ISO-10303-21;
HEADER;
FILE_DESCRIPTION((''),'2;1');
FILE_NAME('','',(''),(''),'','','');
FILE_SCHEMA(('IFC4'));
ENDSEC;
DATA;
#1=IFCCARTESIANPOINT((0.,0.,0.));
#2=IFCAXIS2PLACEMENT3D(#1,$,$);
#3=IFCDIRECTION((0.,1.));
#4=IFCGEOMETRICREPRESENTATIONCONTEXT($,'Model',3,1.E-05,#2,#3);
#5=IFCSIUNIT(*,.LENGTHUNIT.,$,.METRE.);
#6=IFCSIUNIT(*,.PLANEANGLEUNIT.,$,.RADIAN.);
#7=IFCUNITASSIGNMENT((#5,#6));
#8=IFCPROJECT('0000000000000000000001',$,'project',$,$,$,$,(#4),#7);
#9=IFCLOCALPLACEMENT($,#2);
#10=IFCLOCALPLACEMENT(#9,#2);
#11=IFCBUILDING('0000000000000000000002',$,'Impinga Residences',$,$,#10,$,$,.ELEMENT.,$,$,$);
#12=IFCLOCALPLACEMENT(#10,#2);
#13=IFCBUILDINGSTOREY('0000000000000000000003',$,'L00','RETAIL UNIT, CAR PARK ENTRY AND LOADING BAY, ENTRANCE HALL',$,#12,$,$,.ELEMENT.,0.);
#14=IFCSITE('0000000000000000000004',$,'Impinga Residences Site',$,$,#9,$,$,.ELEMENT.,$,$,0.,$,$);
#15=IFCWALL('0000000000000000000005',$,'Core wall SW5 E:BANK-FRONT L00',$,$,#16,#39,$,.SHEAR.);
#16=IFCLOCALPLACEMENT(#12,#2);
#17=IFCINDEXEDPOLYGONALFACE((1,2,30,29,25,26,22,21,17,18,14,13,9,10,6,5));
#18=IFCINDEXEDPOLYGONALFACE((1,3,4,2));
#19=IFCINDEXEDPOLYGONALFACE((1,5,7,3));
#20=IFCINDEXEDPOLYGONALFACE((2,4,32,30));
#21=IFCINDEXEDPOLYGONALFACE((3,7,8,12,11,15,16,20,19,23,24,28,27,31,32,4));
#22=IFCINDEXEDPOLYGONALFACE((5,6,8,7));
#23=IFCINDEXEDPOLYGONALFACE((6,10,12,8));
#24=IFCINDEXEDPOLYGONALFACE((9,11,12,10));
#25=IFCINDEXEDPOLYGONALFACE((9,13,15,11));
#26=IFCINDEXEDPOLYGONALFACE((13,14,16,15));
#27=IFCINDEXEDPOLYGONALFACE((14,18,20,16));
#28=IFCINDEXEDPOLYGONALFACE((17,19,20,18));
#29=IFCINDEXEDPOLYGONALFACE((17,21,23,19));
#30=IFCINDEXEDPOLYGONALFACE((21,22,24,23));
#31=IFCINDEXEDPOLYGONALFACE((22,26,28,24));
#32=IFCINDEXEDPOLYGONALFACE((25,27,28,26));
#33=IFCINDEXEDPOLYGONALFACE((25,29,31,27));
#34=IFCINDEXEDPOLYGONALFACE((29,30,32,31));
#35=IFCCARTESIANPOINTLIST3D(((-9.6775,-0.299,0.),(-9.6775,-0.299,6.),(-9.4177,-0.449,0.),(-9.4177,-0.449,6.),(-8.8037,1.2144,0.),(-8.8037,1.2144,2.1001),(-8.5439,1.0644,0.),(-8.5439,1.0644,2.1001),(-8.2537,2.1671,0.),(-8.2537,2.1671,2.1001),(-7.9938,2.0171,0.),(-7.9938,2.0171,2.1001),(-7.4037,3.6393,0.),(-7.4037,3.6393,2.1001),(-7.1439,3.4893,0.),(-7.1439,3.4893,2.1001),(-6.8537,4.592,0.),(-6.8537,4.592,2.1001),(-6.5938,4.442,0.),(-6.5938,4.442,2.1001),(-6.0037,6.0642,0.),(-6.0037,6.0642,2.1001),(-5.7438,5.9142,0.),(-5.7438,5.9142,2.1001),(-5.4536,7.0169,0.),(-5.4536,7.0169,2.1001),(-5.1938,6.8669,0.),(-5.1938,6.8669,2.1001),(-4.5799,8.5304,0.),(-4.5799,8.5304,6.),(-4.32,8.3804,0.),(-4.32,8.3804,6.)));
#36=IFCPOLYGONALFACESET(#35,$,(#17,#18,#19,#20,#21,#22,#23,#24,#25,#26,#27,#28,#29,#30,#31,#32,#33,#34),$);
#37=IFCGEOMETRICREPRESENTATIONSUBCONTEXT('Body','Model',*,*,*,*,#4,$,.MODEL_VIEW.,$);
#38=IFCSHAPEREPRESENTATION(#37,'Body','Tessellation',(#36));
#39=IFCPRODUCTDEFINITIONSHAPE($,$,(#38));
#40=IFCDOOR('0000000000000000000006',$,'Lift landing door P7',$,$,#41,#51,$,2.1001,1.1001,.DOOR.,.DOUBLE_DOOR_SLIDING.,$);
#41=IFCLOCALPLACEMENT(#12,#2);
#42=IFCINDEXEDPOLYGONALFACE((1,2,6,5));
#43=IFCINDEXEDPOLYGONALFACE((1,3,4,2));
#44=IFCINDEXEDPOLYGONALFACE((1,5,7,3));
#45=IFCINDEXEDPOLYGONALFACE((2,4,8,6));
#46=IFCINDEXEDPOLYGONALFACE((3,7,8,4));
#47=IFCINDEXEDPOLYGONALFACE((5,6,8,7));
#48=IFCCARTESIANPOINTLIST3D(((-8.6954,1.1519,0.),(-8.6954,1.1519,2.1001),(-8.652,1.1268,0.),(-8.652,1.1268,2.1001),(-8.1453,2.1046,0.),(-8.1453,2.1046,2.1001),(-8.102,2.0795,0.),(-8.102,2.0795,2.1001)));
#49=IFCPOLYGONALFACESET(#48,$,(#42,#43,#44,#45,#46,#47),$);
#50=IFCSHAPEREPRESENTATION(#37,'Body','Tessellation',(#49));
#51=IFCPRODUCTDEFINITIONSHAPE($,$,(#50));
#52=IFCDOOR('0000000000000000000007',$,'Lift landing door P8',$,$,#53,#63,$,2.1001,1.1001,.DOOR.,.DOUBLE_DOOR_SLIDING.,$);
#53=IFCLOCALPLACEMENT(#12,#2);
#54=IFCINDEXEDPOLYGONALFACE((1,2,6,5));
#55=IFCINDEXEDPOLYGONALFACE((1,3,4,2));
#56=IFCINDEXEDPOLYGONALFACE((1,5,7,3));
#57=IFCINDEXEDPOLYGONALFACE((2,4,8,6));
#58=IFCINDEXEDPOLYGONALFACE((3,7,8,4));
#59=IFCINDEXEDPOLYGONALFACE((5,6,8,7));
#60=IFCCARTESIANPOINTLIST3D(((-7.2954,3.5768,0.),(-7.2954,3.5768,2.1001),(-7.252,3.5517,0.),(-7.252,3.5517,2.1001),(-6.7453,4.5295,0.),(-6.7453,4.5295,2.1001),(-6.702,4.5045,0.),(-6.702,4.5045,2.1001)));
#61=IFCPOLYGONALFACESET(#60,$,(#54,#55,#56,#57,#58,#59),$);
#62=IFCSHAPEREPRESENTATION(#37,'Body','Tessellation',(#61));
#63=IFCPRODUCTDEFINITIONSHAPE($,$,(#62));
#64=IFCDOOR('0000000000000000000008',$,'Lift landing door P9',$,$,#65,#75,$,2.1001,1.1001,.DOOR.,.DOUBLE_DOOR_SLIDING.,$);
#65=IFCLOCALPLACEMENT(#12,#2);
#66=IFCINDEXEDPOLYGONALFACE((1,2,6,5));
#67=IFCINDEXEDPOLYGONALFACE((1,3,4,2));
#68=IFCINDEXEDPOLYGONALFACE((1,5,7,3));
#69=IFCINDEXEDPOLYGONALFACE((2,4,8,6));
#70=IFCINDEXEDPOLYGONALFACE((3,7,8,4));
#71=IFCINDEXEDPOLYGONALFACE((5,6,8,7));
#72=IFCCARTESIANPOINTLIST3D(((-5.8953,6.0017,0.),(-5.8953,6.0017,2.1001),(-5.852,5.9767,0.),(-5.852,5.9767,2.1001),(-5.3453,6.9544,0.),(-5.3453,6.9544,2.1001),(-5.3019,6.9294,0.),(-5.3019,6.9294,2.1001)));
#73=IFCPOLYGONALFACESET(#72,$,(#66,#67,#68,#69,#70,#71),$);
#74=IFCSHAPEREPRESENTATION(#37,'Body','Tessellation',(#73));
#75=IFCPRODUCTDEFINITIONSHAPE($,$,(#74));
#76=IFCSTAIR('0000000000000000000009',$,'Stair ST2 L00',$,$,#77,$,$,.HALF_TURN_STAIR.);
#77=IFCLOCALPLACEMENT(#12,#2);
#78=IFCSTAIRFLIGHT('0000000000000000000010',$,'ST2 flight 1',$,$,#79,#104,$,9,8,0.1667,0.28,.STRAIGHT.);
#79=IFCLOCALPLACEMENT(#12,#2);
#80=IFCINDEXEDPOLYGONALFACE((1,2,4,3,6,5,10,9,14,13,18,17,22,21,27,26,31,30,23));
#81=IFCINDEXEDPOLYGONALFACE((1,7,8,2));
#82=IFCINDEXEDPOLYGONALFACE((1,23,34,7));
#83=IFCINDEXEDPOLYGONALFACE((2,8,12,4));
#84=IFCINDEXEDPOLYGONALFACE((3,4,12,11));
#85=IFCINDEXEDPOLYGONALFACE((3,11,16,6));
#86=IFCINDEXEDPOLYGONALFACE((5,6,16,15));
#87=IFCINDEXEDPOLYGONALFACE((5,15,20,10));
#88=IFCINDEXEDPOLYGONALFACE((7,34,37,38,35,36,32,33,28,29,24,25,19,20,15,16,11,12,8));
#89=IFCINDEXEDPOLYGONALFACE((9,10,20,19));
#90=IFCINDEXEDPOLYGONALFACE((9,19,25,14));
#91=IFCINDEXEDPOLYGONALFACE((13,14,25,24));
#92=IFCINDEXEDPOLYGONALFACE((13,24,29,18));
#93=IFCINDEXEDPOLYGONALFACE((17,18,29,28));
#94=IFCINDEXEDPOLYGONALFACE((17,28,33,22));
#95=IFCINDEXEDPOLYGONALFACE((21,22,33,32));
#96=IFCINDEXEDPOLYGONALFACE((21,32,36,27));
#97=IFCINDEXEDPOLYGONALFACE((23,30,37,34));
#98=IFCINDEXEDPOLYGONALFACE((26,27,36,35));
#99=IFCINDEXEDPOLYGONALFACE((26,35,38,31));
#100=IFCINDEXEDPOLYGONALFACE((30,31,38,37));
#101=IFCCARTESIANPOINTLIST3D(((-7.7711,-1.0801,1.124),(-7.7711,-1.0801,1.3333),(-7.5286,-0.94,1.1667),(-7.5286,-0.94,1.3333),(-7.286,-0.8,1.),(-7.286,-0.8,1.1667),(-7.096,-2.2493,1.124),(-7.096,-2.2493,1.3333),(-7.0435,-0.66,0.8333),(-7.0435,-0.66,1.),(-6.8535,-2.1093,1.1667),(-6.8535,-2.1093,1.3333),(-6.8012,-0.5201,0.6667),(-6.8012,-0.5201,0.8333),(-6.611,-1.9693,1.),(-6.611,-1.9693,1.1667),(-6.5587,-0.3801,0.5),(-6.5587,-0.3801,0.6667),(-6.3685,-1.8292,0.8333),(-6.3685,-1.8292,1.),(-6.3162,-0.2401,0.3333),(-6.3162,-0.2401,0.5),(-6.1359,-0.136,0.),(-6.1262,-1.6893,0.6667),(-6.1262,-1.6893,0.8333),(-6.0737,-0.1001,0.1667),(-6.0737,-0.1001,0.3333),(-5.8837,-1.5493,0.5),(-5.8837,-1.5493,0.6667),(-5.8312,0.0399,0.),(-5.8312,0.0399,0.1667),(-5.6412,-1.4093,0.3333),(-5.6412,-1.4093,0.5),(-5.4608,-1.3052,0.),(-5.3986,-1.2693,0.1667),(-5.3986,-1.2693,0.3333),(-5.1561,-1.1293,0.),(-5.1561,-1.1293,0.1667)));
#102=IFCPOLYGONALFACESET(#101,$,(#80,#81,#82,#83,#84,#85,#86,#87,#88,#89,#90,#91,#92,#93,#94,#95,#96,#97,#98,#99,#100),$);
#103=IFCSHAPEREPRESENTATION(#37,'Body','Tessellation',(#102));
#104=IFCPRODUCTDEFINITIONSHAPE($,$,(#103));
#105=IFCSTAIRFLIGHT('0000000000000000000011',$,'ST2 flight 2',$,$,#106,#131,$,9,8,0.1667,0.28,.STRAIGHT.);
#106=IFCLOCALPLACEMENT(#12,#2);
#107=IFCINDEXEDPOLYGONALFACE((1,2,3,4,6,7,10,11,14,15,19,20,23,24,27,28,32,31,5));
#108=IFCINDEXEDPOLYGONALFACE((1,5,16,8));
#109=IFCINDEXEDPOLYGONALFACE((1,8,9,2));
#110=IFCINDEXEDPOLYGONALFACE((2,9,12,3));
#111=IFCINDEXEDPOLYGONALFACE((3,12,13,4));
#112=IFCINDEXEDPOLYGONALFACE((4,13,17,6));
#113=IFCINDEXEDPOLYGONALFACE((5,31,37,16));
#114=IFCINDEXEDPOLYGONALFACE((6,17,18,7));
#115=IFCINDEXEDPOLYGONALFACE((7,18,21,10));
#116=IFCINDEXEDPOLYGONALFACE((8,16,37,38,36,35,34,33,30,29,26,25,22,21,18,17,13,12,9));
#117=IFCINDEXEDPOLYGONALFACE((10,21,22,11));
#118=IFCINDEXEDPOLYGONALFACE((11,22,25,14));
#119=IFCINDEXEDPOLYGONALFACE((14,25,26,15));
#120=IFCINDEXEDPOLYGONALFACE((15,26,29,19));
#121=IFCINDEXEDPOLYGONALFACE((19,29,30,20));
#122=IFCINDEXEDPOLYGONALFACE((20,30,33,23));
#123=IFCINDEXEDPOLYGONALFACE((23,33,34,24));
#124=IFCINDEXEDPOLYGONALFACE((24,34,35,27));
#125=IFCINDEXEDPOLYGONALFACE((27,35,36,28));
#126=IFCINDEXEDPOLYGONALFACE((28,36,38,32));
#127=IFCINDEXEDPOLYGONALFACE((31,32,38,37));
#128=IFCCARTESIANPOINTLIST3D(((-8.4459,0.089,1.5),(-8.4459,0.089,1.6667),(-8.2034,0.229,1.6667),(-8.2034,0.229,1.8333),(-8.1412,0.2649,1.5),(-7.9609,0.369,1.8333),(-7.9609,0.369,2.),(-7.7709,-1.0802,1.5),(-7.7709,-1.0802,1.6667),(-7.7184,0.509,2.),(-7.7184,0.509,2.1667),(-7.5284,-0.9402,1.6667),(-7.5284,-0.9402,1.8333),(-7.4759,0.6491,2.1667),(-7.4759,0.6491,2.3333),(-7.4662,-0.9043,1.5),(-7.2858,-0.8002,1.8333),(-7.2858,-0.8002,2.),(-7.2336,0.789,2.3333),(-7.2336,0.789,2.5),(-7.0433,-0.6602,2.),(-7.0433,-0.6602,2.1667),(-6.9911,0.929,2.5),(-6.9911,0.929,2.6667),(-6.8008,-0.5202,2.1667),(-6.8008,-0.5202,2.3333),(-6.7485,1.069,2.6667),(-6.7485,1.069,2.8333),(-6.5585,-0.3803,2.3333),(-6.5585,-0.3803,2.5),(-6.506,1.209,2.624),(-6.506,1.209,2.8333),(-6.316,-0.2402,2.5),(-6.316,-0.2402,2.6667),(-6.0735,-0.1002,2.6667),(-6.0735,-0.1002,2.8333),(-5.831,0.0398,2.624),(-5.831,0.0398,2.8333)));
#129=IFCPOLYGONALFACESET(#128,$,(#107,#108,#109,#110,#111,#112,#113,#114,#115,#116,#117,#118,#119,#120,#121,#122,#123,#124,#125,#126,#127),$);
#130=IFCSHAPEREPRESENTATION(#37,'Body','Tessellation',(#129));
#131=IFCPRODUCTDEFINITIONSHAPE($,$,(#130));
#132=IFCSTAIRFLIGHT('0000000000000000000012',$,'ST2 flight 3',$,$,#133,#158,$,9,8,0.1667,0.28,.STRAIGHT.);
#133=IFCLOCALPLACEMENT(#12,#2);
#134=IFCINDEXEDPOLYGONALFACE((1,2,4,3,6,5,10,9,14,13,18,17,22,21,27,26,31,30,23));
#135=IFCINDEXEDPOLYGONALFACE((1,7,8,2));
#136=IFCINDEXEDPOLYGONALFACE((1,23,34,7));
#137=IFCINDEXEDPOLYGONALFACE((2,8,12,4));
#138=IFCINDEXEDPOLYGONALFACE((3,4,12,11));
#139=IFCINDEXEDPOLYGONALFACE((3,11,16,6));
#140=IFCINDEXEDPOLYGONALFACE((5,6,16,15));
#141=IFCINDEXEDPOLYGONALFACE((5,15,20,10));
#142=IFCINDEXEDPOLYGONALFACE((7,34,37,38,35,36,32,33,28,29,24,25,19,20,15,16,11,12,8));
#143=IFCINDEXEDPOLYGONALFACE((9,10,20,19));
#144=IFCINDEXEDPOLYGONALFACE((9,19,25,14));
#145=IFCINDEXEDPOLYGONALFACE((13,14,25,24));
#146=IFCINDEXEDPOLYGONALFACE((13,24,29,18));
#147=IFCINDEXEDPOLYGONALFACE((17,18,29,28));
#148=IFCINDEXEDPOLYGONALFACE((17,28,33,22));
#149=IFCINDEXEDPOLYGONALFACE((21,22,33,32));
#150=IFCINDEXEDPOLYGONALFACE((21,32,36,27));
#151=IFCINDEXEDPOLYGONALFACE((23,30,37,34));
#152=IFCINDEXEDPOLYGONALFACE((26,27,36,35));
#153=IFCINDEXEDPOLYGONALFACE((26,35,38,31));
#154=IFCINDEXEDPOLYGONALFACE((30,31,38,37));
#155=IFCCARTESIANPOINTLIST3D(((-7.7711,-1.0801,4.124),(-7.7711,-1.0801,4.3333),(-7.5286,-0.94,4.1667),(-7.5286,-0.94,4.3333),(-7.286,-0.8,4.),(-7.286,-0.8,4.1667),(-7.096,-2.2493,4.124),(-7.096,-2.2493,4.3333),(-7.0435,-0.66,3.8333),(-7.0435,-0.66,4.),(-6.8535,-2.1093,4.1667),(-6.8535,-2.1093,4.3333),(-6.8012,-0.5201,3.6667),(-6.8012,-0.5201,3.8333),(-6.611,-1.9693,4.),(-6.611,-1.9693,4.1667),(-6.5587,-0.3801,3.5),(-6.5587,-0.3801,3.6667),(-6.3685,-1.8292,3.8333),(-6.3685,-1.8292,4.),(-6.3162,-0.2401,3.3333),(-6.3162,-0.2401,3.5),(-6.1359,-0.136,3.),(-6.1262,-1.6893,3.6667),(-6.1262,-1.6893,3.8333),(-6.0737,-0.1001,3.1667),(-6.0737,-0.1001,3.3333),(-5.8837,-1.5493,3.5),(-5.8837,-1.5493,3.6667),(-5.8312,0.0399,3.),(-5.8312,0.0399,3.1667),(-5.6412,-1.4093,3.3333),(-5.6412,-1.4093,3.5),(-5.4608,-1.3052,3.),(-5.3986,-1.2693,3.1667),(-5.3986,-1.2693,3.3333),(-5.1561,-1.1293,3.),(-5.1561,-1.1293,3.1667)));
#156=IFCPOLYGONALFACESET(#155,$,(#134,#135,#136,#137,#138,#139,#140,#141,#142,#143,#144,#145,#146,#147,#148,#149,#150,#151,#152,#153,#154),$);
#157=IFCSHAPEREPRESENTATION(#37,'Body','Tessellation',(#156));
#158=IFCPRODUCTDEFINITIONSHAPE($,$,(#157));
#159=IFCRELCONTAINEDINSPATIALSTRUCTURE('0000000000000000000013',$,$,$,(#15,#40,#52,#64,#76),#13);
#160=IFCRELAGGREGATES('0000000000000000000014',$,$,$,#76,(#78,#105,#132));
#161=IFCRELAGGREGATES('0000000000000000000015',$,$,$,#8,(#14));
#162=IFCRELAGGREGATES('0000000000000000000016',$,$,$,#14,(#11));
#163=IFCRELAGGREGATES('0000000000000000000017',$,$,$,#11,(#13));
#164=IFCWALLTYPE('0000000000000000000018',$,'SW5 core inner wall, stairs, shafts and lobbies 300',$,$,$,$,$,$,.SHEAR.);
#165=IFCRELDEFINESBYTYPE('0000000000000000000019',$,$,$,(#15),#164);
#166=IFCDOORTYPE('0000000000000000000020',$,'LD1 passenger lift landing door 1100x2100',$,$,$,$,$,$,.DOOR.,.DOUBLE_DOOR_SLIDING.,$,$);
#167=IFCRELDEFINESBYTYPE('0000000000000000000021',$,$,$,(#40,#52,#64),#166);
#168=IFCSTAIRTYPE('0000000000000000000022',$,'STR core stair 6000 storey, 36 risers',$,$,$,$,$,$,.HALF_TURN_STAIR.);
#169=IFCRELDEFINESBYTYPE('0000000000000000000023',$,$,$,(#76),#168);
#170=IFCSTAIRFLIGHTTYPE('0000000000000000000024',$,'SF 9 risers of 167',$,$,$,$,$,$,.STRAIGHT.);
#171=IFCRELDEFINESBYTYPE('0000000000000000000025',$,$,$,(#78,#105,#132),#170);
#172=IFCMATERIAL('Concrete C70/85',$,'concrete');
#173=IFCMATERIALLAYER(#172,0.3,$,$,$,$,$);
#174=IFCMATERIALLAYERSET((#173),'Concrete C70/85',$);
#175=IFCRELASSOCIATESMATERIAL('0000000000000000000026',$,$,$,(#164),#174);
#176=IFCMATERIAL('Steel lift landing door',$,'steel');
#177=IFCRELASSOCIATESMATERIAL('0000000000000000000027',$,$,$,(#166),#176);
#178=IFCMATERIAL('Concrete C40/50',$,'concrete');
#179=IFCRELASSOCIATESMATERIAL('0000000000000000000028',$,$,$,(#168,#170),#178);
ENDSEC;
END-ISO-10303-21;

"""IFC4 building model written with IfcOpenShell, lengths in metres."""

from ifc_helpers import new_model, si_unit, direction, frame, frame_2d, origin, place, context, subcontext, project, spatial, polyline, rectangle, outline, extrude, material, layer, layer_set, type_object, element, fill, aggregate, save


model = new_model("IFC4")

# Units and contexts
model_context = context("Model", 3, precision=1e-05, world=origin(), true_north=direction((0.0, 1.0)))
body_context = subcontext(model_context, "Body", "Model", "MODEL_VIEW")
ifc_project = project(units=[si_unit("LENGTHUNIT", "METRE"), si_unit("PLANEANGLEUNIT", "RADIAN")], contexts=[model_context])

# Site, building, storey
site_placement = place(None, origin())
site = spatial("IfcSite", under=ifc_project, at=site_placement, Name="Impinga Residences Site", CompositionType="ELEMENT", RefElevation=0.0)
building_placement = place(site_placement, origin())
building = spatial("IfcBuilding", under=site, at=building_placement, Name="Impinga Residences", CompositionType="ELEMENT")
storey_placement = place(building_placement, origin())
storey = spatial("IfcBuildingStorey", under=building, at=storey_placement, Name="L00", Description="RETAIL UNIT, CAR PARK ENTRY AND LOADING BAY, ENTRANCE HALL", CompositionType="ELEMENT", Elevation=0.0)

# Shared definitions
ifc_material_1 = material(Name="Concrete C70/85", Category="concrete")

# Shared definitions
ifc_layer_1 = layer(ifc_material_1, 0.3)
ifc_layer_set_1 = layer_set([ifc_layer_1], Name="Concrete C70/85")
wall_type_1 = type_object("IfcWallType", Name="SW5 core inner wall, stairs, shafts and lobbies 300", PredefinedType="SHEAR", material=ifc_layer_set_1)

# Wall, openings, doors
wall_1_placement = place(storey_placement, frame((-9.5476, -0.374, 0.0), z_axis=(0.0, 0.0, 1.0), x_axis=(0.500002, 0.866024, 0.0)))
wall_1 = element("IfcWall", 1, at=wall_1_placement, inside=storey, type_object=wall_type_1, Name="Core wall SW5 E:BANK-FRONT L00", PredefinedType="SHEAR", context=body_context, shape_type="SweptSolid", body=[
    extrude(rectangle(XDim=10.1953, YDim=0.3, at=frame_2d((5.0977, 0.0))), origin(), (0.0, 0.0, 1.0), 6.0),
])
opening_1_placement = place(wall_1_placement, frame((1.7476, 0.0, 0.0)))
opening_1 = element("IfcOpeningElement", 2, at=opening_1_placement, cuts=wall_1, PredefinedType="OPENING", context=body_context, shape_type="SweptSolid", body=[
    extrude(rectangle(XDim=1.1001, YDim=2.1001, at=frame_2d((0.55, 1.05))), frame((0.0, 0.1599, 0.0), z_axis=(0.0, -1.0, 0.0), x_axis=(1.0, 0.0, 0.0)), (0.0, 0.0, 1.0), 0.3201),
])
opening_2_placement = place(wall_1_placement, frame((4.5476, 0.0, 0.0)))
opening_2 = element("IfcOpeningElement", 3, at=opening_2_placement, cuts=wall_1, PredefinedType="OPENING", context=body_context, shape_type="SweptSolid", body=[
    extrude(rectangle(XDim=1.1001, YDim=2.1001, at=frame_2d((0.55, 1.05))), frame((0.0, 0.1599, 0.0), z_axis=(0.0, -1.0, 0.0), x_axis=(1.0, 0.0, 0.0)), (0.0, 0.0, 1.0), 0.3201),
])
opening_3_placement = place(wall_1_placement, frame((7.3477, 0.0, 0.0)))
opening_3 = element("IfcOpeningElement", 4, at=opening_3_placement, cuts=wall_1, PredefinedType="OPENING", context=body_context, shape_type="SweptSolid", body=[
    extrude(rectangle(XDim=1.1001, YDim=2.1001, at=frame_2d((0.55, 1.05))), frame((0.0, 0.1599, 0.0), z_axis=(0.0, -1.0, 0.0), x_axis=(1.0, 0.0, 0.0)), (0.0, 0.0, 1.0), 0.3201),
])
ifc_material_2 = material(Name="Steel lift landing door", Category="steel")
door_type_1 = type_object("IfcDoorType", Name="LD1 passenger lift landing door 1100x2100", OperationType="DOUBLE_DOOR_SLIDING", PredefinedType="DOOR", material=ifc_material_2)
door_1_placement = place(opening_1_placement, origin())
door_1 = element("IfcDoor", 5, at=door_1_placement, inside=storey, type_object=door_type_1, Name="Lift landing door P7", OperationType="DOUBLE_DOOR_SLIDING", OverallHeight=2.1001, OverallWidth=1.1001, PredefinedType="DOOR", context=body_context, shape_type="SweptSolid", body=[
    extrude(rectangle(XDim=1.1001, YDim=2.1001, at=frame_2d((0.55, 1.05))), frame((0.0, 0.0249, 0.0), z_axis=(0.0, -1.0, 0.0), x_axis=(1.0, 0.0, 0.0)), (0.0, 0.0, 1.0), 0.05),
])
fill(opening_1, door_1)
door_2_placement = place(opening_2_placement, origin())
door_2 = element("IfcDoor", 6, at=door_2_placement, inside=storey, type_object=door_type_1, Name="Lift landing door P8", OperationType="DOUBLE_DOOR_SLIDING", OverallHeight=2.1001, OverallWidth=1.1001, PredefinedType="DOOR", context=body_context, shape_type="SweptSolid", body=[
    extrude(rectangle(XDim=1.1001, YDim=2.1001, at=frame_2d((0.55, 1.05))), frame((0.0, 0.0249, 0.0), z_axis=(0.0, -1.0, 0.0), x_axis=(1.0, 0.0, 0.0)), (0.0, 0.0, 1.0), 0.05),
])
fill(opening_2, door_2)
door_3_placement = place(opening_3_placement, origin())
door_3 = element("IfcDoor", 7, at=door_3_placement, inside=storey, type_object=door_type_1, Name="Lift landing door P9", OperationType="DOUBLE_DOOR_SLIDING", OverallHeight=2.1001, OverallWidth=1.1001, PredefinedType="DOOR", context=body_context, shape_type="SweptSolid", body=[
    extrude(rectangle(XDim=1.1001, YDim=2.1001, at=frame_2d((0.55, 1.05))), frame((0.0, 0.0249, 0.0), z_axis=(0.0, -1.0, 0.0), x_axis=(1.0, 0.0, 0.0)), (0.0, 0.0, 1.0), 0.05),
])
fill(opening_3, door_3)

# Stair, stair flights
ifc_material_3 = material(Name="Concrete C40/50", Category="concrete")
stair_type = type_object("IfcStairType", Name="STR core stair 6000 storey, 36 risers", PredefinedType="HALF_TURN_STAIR", material=ifc_material_3)
stair_placement = place(storey_placement, origin())
stair = element("IfcStair", 8, at=stair_placement, inside=storey, type_object=stair_type, Name="Stair ST2 L00", PredefinedType="HALF_TURN_STAIR")
stair_flight_type = type_object("IfcStairFlightType", Name="SF 9 risers of 167", PredefinedType="STRAIGHT", material=ifc_material_3)
stair_flight_1_placement = place(storey_placement, frame((-5.4937, -0.5447, 0.0), z_axis=(0.0, 0.0, 1.0), x_axis=(-0.866025, -0.5, 0.0)))
stair_flight_1 = element("IfcStairFlight", 9, at=stair_flight_1_placement, type_object=stair_flight_type, Name="ST2 flight 1", NumberOfRisers=9, NumberOfTreads=8, PredefinedType="STRAIGHT", RiserHeight=0.1667, TreadLength=0.28, context=body_context, shape_type="SweptSolid", body=[
    extrude(outline(polyline([(0.0, 0.0), (0.0, 0.1667), (0.28, 0.1667), (0.28, 0.3333), (0.5601, 0.3333), (0.5601, 0.5), (0.8401, 0.5), (0.8401, 0.6667), (1.1201, 0.6667), (1.1201, 0.8333), (1.3999, 0.8333), (1.3999, 1.0), (1.6799, 1.0), (1.6799, 1.1667), (1.96, 1.1667), (1.96, 1.3333), (2.24, 1.3333), (2.24, 1.5), (2.24, 1.124), (0.3518, 0.0), (0.0, 0.0)])), frame((0.0, 0.675, 0.0), z_axis=(0.0, -1.0, 0.0), x_axis=(1.0, 0.0, 0.0)), (0.0, 0.0, 1.0), 1.3501),
])
stair_flight_2_placement = place(storey_placement, frame((-8.1084, -0.4956, 1.5), z_axis=(0.0, 0.0, 1.0), x_axis=(0.866025, 0.5, 0.0)))
stair_flight_2 = element("IfcStairFlight", 10, at=stair_flight_2_placement, type_object=stair_flight_type, Name="ST2 flight 2", NumberOfRisers=9, NumberOfTreads=8, PredefinedType="STRAIGHT", RiserHeight=0.1667, TreadLength=0.28, context=body_context, shape_type="SweptSolid", body=[
    extrude(outline(polyline([(0.0, 0.0), (0.0, 0.1667), (0.28, 0.1667), (0.28, 0.3333), (0.5601, 0.3333), (0.5601, 0.5), (0.8401, 0.5), (0.8401, 0.6667), (1.1201, 0.6667), (1.1201, 0.8333), (1.3999, 0.8333), (1.3999, 1.0), (1.6799, 1.0), (1.6799, 1.1667), (1.96, 1.1667), (1.96, 1.3333), (2.24, 1.3333), (2.24, 1.5), (2.24, 1.124), (0.3518, 0.0), (0.0, 0.0)])), frame((0.0, 0.675, 0.0), z_axis=(0.0, -1.0, 0.0), x_axis=(1.0, 0.0, 0.0)), (0.0, 0.0, 1.0), 1.3501),
])
stair_flight_3_placement = place(storey_placement, frame((-5.4937, -0.5447, 3.0), z_axis=(0.0, 0.0, 1.0), x_axis=(-0.866025, -0.5, 0.0)))
stair_flight_3 = element("IfcStairFlight", 11, at=stair_flight_3_placement, type_object=stair_flight_type, Name="ST2 flight 3", NumberOfRisers=9, NumberOfTreads=8, PredefinedType="STRAIGHT", RiserHeight=0.1667, TreadLength=0.28, context=body_context, shape_type="SweptSolid", body=[
    extrude(outline(polyline([(0.0, 0.0), (0.0, 0.1667), (0.28, 0.1667), (0.28, 0.3333), (0.5601, 0.3333), (0.5601, 0.5), (0.8401, 0.5), (0.8401, 0.6667), (1.1201, 0.6667), (1.1201, 0.8333), (1.3999, 0.8333), (1.3999, 1.0), (1.6799, 1.0), (1.6799, 1.1667), (1.96, 1.1667), (1.96, 1.3333), (2.24, 1.3333), (2.24, 1.5), (2.24, 1.124), (0.3518, 0.0), (0.0, 0.0)])), frame((0.0, 0.675, 0.0), z_axis=(0.0, -1.0, 0.0), x_axis=(1.0, 0.0, 0.0)), (0.0, 0.0, 1.0), 1.3501),
])
aggregate(stair, [stair_flight_1, stair_flight_2, stair_flight_3])

save(model, "model.ifc")
